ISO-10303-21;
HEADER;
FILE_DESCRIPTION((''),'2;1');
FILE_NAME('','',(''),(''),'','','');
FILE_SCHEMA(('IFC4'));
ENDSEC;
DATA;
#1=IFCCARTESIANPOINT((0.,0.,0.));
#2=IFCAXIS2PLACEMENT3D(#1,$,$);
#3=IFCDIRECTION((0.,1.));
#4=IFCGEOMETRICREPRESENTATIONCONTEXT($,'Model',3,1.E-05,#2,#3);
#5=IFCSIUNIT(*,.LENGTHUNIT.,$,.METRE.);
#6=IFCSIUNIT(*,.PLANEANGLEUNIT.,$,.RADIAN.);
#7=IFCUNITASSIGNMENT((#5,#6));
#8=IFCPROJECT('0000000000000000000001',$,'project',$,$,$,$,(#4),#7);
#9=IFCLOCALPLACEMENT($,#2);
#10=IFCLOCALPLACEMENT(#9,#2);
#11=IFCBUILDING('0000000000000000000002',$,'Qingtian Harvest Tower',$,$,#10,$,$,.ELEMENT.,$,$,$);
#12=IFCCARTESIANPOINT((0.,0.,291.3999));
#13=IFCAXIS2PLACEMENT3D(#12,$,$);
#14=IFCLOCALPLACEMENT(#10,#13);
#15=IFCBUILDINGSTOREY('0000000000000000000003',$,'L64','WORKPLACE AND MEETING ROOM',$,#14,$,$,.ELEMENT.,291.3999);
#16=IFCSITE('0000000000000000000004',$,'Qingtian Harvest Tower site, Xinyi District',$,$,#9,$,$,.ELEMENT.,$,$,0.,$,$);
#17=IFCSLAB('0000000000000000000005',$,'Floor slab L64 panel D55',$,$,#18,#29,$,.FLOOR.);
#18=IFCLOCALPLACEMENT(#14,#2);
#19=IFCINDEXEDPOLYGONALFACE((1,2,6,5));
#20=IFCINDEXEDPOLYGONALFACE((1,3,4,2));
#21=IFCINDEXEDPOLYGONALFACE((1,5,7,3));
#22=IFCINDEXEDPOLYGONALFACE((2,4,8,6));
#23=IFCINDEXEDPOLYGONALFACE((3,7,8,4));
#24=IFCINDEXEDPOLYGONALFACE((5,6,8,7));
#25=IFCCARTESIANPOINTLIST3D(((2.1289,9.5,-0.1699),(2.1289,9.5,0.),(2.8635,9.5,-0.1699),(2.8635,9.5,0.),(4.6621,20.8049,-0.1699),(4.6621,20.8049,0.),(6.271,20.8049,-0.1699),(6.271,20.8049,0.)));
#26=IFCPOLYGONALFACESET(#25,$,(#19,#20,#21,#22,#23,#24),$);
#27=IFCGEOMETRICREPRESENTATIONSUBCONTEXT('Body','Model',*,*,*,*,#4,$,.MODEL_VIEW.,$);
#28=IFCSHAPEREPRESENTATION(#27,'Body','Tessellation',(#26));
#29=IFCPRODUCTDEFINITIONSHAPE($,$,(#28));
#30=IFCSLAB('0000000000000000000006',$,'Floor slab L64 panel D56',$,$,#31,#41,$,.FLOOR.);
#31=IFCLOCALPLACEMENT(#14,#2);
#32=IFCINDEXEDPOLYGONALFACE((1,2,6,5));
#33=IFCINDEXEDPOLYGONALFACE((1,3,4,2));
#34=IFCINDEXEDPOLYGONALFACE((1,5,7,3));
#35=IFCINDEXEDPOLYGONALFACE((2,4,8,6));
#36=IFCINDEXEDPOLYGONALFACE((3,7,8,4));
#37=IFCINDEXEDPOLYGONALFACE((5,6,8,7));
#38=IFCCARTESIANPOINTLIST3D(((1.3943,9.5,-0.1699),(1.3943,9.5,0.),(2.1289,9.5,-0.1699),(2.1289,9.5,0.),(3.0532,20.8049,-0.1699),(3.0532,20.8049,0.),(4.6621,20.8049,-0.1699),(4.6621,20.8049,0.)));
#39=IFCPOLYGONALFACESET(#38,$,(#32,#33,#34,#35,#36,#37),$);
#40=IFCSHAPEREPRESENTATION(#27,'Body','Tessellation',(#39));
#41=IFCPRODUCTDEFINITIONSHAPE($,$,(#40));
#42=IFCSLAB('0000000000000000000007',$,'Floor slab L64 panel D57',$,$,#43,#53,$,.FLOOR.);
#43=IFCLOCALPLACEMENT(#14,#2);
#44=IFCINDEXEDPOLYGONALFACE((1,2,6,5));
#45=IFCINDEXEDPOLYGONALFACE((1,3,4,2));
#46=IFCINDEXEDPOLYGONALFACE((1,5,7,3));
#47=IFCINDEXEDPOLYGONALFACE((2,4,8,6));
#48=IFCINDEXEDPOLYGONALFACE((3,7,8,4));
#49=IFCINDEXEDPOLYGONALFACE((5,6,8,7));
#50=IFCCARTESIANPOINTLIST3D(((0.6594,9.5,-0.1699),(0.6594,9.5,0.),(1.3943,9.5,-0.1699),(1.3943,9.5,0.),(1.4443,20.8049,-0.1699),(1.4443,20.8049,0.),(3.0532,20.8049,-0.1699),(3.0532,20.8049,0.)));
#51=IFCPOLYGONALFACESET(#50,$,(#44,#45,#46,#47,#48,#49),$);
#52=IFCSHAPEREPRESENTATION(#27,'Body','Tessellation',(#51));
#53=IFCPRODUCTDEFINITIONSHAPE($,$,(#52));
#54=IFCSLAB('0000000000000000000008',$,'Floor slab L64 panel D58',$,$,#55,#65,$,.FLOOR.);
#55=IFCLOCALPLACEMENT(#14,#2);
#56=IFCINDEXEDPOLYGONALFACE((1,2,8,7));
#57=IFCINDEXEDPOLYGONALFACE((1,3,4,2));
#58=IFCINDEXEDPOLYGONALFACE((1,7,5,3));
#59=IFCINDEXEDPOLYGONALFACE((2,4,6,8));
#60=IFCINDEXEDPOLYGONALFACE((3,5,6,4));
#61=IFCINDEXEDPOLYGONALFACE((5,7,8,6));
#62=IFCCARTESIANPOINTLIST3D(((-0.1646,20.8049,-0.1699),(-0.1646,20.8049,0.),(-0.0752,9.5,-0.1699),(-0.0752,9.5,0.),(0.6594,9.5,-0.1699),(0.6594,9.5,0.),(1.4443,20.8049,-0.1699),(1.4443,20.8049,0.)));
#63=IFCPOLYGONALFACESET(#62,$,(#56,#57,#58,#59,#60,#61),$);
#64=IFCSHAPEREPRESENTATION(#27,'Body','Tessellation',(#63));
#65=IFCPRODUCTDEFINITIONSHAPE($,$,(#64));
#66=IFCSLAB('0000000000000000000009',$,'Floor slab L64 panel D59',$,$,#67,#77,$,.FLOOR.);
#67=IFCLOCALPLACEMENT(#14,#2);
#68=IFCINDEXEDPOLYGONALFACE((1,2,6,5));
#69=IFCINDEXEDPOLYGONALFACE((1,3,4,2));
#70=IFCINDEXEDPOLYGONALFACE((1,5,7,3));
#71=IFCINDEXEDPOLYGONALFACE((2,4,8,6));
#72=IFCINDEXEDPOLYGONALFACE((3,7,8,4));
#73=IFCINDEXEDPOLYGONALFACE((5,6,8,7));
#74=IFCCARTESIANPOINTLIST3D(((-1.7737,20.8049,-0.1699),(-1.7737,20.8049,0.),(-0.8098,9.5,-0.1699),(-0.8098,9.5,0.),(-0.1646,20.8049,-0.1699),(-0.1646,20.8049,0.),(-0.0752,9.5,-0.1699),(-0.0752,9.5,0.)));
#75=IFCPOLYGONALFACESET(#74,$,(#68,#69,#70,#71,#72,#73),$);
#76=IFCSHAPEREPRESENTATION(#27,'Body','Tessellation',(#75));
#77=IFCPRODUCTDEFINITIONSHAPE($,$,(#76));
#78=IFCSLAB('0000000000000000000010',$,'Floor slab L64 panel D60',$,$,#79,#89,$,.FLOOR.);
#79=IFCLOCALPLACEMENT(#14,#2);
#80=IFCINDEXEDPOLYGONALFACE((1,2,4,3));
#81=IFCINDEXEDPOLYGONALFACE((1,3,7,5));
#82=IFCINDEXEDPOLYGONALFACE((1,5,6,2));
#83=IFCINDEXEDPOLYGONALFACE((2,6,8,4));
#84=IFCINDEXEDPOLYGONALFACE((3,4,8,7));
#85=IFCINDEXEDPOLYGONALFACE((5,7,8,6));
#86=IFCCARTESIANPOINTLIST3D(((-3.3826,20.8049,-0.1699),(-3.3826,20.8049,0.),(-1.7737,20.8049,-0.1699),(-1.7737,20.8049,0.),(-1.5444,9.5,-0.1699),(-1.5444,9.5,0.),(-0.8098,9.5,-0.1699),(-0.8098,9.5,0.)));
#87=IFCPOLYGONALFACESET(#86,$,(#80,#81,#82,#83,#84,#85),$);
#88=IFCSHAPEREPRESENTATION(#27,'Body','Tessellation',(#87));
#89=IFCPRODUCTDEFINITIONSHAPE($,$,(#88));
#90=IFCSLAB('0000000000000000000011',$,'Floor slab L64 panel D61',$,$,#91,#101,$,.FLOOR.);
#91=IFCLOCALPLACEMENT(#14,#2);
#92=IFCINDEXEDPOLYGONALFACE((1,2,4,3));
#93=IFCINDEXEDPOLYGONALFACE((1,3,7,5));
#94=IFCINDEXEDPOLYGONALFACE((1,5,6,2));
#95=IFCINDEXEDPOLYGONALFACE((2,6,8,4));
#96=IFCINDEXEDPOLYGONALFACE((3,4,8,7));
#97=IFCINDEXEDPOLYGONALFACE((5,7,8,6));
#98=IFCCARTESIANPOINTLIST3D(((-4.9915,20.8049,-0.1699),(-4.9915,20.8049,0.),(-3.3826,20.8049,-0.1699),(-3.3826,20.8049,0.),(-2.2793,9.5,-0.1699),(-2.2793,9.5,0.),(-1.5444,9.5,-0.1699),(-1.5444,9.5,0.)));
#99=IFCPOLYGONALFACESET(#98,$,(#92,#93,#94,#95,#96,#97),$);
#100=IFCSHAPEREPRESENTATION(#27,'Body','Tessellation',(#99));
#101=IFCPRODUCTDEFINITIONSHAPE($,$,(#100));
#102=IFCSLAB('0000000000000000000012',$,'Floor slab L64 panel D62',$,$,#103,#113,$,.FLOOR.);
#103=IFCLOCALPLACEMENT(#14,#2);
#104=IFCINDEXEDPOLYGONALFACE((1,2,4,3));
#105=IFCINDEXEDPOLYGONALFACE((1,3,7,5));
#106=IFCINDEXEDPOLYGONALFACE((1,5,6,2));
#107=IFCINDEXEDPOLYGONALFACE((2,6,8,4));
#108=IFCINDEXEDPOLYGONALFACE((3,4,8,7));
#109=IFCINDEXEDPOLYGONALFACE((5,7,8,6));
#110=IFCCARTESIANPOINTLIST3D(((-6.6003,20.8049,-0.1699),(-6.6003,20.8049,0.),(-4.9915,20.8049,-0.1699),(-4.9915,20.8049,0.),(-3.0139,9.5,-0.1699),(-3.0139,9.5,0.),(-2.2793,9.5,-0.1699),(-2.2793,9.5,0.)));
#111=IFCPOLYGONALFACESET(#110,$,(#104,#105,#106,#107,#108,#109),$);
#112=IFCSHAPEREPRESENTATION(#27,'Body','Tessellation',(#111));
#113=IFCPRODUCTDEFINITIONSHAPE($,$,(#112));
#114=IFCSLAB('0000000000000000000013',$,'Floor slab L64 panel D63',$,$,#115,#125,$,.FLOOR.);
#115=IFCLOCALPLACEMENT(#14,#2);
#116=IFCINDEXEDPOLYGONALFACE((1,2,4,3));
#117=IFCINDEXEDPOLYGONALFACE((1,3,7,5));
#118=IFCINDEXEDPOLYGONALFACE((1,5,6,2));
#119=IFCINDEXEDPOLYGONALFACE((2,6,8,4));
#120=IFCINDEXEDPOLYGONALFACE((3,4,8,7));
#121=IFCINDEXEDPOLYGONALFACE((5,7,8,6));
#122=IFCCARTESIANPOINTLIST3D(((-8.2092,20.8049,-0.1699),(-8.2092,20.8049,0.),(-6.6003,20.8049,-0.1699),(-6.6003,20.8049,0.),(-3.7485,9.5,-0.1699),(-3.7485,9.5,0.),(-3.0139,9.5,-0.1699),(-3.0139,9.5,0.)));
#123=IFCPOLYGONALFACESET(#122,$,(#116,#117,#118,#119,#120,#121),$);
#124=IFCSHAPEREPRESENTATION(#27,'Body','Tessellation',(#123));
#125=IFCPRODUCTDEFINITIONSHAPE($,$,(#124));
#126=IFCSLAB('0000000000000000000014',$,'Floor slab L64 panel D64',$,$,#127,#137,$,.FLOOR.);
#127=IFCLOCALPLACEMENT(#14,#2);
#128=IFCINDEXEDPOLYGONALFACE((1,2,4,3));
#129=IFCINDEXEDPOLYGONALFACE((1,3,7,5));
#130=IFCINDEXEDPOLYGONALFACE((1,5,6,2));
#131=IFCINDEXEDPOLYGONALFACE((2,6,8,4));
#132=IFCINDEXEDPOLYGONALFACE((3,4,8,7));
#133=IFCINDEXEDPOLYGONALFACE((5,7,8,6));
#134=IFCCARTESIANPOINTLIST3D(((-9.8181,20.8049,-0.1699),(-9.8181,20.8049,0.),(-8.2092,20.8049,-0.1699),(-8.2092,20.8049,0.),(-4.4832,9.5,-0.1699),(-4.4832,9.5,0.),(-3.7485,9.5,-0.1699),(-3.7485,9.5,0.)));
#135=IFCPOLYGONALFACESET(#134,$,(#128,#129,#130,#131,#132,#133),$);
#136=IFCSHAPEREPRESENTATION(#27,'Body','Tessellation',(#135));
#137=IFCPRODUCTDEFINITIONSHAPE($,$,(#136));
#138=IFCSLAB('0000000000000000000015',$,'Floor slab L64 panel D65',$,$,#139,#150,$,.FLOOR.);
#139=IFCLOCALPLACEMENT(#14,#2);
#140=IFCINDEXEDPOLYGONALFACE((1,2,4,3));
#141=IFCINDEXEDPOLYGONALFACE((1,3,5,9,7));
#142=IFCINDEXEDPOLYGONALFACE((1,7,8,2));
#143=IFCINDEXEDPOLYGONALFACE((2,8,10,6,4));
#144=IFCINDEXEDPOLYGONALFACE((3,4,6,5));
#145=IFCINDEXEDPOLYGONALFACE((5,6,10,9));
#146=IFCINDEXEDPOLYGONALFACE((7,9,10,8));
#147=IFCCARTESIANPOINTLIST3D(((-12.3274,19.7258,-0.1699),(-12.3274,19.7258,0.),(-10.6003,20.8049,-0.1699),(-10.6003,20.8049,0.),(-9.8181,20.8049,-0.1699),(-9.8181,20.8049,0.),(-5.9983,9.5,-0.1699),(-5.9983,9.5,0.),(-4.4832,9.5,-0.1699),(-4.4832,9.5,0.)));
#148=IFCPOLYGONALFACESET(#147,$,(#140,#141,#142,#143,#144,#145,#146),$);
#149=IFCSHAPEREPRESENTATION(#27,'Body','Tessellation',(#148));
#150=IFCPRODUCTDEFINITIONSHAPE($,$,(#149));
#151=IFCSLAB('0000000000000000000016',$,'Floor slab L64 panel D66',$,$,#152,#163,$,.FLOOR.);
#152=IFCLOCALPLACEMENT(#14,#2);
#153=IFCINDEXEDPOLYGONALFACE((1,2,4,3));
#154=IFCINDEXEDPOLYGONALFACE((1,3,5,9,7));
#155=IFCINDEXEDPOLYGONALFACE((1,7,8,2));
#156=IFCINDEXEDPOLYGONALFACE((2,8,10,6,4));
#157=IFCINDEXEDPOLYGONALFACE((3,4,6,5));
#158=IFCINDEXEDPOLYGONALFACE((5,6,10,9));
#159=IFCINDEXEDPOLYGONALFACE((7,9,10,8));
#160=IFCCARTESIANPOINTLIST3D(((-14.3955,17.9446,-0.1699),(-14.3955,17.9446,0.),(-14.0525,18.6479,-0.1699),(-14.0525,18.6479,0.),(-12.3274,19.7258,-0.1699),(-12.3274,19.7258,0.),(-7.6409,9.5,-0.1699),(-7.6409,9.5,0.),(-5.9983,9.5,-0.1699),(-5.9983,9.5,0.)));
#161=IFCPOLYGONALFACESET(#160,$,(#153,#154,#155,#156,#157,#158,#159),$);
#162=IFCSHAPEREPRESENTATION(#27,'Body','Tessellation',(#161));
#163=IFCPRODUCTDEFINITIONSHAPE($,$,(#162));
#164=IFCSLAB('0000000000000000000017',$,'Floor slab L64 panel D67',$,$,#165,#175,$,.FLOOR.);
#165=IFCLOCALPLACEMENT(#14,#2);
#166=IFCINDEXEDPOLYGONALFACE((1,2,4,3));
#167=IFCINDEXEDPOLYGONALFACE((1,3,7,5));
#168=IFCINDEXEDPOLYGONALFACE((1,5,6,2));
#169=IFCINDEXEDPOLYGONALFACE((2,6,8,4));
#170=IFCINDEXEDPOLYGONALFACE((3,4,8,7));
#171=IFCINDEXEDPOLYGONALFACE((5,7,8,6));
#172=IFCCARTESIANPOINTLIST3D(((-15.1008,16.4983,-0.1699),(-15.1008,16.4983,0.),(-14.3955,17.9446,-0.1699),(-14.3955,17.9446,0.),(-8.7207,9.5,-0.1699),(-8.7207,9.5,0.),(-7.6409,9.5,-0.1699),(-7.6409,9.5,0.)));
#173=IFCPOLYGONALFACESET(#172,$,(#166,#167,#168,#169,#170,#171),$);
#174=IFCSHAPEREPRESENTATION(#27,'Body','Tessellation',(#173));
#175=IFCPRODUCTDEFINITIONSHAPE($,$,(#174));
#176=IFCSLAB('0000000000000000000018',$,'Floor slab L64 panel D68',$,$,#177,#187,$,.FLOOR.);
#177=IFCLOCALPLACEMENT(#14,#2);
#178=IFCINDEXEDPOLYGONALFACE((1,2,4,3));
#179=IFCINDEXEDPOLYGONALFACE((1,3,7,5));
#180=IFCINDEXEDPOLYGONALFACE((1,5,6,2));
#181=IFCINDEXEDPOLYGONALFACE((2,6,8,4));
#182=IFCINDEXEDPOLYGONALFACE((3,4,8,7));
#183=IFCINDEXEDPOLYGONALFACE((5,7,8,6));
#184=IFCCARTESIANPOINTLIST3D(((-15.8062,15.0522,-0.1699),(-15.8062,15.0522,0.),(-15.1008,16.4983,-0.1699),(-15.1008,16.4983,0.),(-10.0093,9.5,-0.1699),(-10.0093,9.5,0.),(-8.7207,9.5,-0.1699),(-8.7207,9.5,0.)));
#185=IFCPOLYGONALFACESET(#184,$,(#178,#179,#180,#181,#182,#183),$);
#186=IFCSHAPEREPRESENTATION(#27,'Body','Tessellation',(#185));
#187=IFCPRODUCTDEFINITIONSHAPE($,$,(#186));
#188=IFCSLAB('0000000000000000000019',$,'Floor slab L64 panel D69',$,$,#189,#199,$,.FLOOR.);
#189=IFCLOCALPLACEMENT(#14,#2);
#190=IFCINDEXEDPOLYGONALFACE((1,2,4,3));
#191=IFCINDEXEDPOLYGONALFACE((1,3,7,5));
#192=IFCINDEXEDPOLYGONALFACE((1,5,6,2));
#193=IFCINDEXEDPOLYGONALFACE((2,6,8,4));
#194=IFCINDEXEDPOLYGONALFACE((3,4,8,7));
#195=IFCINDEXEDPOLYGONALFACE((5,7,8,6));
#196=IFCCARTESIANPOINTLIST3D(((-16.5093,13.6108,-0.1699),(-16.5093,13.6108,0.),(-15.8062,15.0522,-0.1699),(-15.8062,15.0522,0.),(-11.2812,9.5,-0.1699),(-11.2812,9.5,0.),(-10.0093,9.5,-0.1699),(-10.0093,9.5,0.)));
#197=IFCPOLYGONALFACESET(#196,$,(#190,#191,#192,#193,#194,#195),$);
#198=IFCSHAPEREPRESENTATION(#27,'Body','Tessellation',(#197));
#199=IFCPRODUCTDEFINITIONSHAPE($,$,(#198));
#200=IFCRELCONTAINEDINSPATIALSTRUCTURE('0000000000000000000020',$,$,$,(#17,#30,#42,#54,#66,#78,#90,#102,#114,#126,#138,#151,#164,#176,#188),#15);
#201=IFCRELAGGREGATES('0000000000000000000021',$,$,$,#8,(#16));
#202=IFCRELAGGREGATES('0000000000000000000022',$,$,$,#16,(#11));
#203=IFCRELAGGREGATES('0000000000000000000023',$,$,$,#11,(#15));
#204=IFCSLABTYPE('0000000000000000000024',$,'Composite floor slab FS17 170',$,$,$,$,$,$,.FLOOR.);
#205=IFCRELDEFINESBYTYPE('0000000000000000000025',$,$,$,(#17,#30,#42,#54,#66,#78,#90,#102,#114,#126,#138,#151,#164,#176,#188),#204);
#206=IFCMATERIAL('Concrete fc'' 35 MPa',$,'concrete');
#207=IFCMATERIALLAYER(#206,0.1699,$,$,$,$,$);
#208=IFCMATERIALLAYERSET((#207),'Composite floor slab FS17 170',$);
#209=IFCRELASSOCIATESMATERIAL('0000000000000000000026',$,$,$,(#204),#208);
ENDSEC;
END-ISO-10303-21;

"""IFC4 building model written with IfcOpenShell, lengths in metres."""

from ifc_helpers import new_model, si_unit, direction, frame, origin, place, context, subcontext, project, spatial, polyline, outline, extrude, material, layer, layer_set, type_object, element, save


model = new_model("IFC4")

# Units and contexts
model_context = context("Model", 3, precision=1e-05, world=origin(), true_north=direction((0.0, 1.0)))
body_context = subcontext(model_context, "Body", "Model", "MODEL_VIEW")
ifc_project = project(units=[si_unit("LENGTHUNIT", "METRE"), si_unit("PLANEANGLEUNIT", "RADIAN")], contexts=[model_context])

# Site, building, storey
site_placement = place(None, origin())
site = spatial("IfcSite", under=ifc_project, at=site_placement, Name="Qingtian Harvest Tower site, Xinyi District", CompositionType="ELEMENT", RefElevation=0.0)
building_placement = place(site_placement, origin())
building = spatial("IfcBuilding", under=site, at=building_placement, Name="Qingtian Harvest Tower", CompositionType="ELEMENT")
storey_placement = place(building_placement, frame((0.0, 0.0, 291.3999)))
storey = spatial("IfcBuildingStorey", under=building, at=storey_placement, Name="L64", Description="WORKPLACE AND MEETING ROOM", CompositionType="ELEMENT", Elevation=291.3999)

# Slabs
ifc_material_1 = material(Name="Concrete fc' 35 MPa", Category="concrete")
ifc_layer_1 = layer(ifc_material_1, 0.1699)
ifc_layer_set_1 = layer_set([ifc_layer_1], Name="Composite floor slab FS17 170")
slab_type = type_object("IfcSlabType", Name="Composite floor slab FS17 170", PredefinedType="FLOOR", material=ifc_layer_set_1)
slab_1_placement = place(storey_placement, frame((0.0, 0.0, -0.1699)))
element("IfcSlab", 1, at=slab_1_placement, inside=storey, type_object=slab_type, Name="Floor slab L64 panel D55", PredefinedType="FLOOR", context=body_context, shape_type="SweptSolid", body=[
    extrude(outline(polyline([(2.1289, 9.5), (4.6621, 20.8049), (6.271, 20.8049), (2.8635, 9.5), (2.1289, 9.5)])), origin(), (0.0, 0.0, 1.0), 0.1699),
])
slab_2_placement = place(storey_placement, frame((0.0, 0.0, -0.1699)))
element("IfcSlab", 2, at=slab_2_placement, inside=storey, type_object=slab_type, Name="Floor slab L64 panel D56", PredefinedType="FLOOR", context=body_context, shape_type="SweptSolid", body=[
    extrude(outline(polyline([(1.3943, 9.5), (3.0532, 20.8049), (4.6621, 20.8049), (2.1289, 9.5), (1.3943, 9.5)])), origin(), (0.0, 0.0, 1.0), 0.1699),
])
slab_3_placement = place(storey_placement, frame((0.0, 0.0, -0.1699)))
element("IfcSlab", 3, at=slab_3_placement, inside=storey, type_object=slab_type, Name="Floor slab L64 panel D57", PredefinedType="FLOOR", context=body_context, shape_type="SweptSolid", body=[
    extrude(outline(polyline([(0.6594, 9.5), (1.4443, 20.8049), (3.0532, 20.8049), (1.3943, 9.5), (0.6594, 9.5)])), origin(), (0.0, 0.0, 1.0), 0.1699),
])
slab_4_placement = place(storey_placement, frame((0.0, 0.0, -0.1699)))
element("IfcSlab", 4, at=slab_4_placement, inside=storey, type_object=slab_type, Name="Floor slab L64 panel D58", PredefinedType="FLOOR", context=body_context, shape_type="SweptSolid", body=[
    extrude(outline(polyline([(-0.0752, 9.5), (-0.1646, 20.8049), (1.4443, 20.8049), (0.6594, 9.5), (-0.0752, 9.5)])), origin(), (0.0, 0.0, 1.0), 0.1699),
])
slab_5_placement = place(storey_placement, frame((0.0, 0.0, -0.1699)))
element("IfcSlab", 5, at=slab_5_placement, inside=storey, type_object=slab_type, Name="Floor slab L64 panel D59", PredefinedType="FLOOR", context=body_context, shape_type="SweptSolid", body=[
    extrude(outline(polyline([(-0.8098, 9.5), (-1.7737, 20.8049), (-0.1646, 20.8049), (-0.0752, 9.5), (-0.8098, 9.5)])), origin(), (0.0, 0.0, 1.0), 0.1699),
])
slab_6_placement = place(storey_placement, frame((0.0, 0.0, -0.1699)))
element("IfcSlab", 6, at=slab_6_placement, inside=storey, type_object=slab_type, Name="Floor slab L64 panel D60", PredefinedType="FLOOR", context=body_context, shape_type="SweptSolid", body=[
    extrude(outline(polyline([(-1.5444, 9.5), (-3.3826, 20.8049), (-1.7737, 20.8049), (-0.8098, 9.5), (-1.5444, 9.5)])), origin(), (0.0, 0.0, 1.0), 0.1699),
])
slab_7_placement = place(storey_placement, frame((0.0, 0.0, -0.1699)))
element("IfcSlab", 7, at=slab_7_placement, inside=storey, type_object=slab_type, Name="Floor slab L64 panel D61", PredefinedType="FLOOR", context=body_context, shape_type="SweptSolid", body=[
    extrude(outline(polyline([(-2.2793, 9.5), (-4.9915, 20.8049), (-3.3826, 20.8049), (-1.5444, 9.5), (-2.2793, 9.5)])), origin(), (0.0, 0.0, 1.0), 0.1699),
])
slab_8_placement = place(storey_placement, frame((0.0, 0.0, -0.1699)))
element("IfcSlab", 8, at=slab_8_placement, inside=storey, type_object=slab_type, Name="Floor slab L64 panel D62", PredefinedType="FLOOR", context=body_context, shape_type="SweptSolid", body=[
    extrude(outline(polyline([(-3.0139, 9.5), (-6.6003, 20.8049), (-4.9915, 20.8049), (-2.2793, 9.5), (-3.0139, 9.5)])), origin(), (0.0, 0.0, 1.0), 0.1699),
])
slab_9_placement = place(storey_placement, frame((0.0, 0.0, -0.1699)))
element("IfcSlab", 9, at=slab_9_placement, inside=storey, type_object=slab_type, Name="Floor slab L64 panel D63", PredefinedType="FLOOR", context=body_context, shape_type="SweptSolid", body=[
    extrude(outline(polyline([(-3.7485, 9.5), (-8.2092, 20.8049), (-6.6003, 20.8049), (-3.0139, 9.5), (-3.7485, 9.5)])), origin(), (0.0, 0.0, 1.0), 0.1699),
])
slab_10_placement = place(storey_placement, frame((0.0, 0.0, -0.1699)))
element("IfcSlab", 10, at=slab_10_placement, inside=storey, type_object=slab_type, Name="Floor slab L64 panel D64", PredefinedType="FLOOR", context=body_context, shape_type="SweptSolid", body=[
    extrude(outline(polyline([(-4.4832, 9.5), (-9.8181, 20.8049), (-8.2092, 20.8049), (-3.7485, 9.5), (-4.4832, 9.5)])), origin(), (0.0, 0.0, 1.0), 0.1699),
])
slab_11_placement = place(storey_placement, frame((0.0, 0.0, -0.1699)))
element("IfcSlab", 11, at=slab_11_placement, inside=storey, type_object=slab_type, Name="Floor slab L64 panel D65", PredefinedType="FLOOR", context=body_context, shape_type="SweptSolid", body=[
    extrude(outline(polyline([(-4.4832, 9.5), (-5.9983, 9.5), (-12.3274, 19.7258), (-10.6003, 20.8049), (-9.8181, 20.8049), (-4.4832, 9.5)])), origin(), (0.0, 0.0, 1.0), 0.1699),
])
slab_12_placement = place(storey_placement, frame((0.0, 0.0, -0.1699)))
element("IfcSlab", 12, at=slab_12_placement, inside=storey, type_object=slab_type, Name="Floor slab L64 panel D66", PredefinedType="FLOOR", context=body_context, shape_type="SweptSolid", body=[
    extrude(outline(polyline([(-5.9983, 9.5), (-7.6409, 9.5), (-14.3955, 17.9446), (-14.0525, 18.6479), (-12.3274, 19.7258), (-5.9983, 9.5)])), origin(), (0.0, 0.0, 1.0), 0.1699),
])
slab_13_placement = place(storey_placement, frame((0.0, 0.0, -0.1699)))
element("IfcSlab", 13, at=slab_13_placement, inside=storey, type_object=slab_type, Name="Floor slab L64 panel D67", PredefinedType="FLOOR", context=body_context, shape_type="SweptSolid", body=[
    extrude(outline(polyline([(-8.7207, 9.5), (-15.1008, 16.4983), (-14.3955, 17.9446), (-7.6409, 9.5), (-8.7207, 9.5)])), origin(), (0.0, 0.0, 1.0), 0.1699),
])
slab_14_placement = place(storey_placement, frame((0.0, 0.0, -0.1699)))
element("IfcSlab", 14, at=slab_14_placement, inside=storey, type_object=slab_type, Name="Floor slab L64 panel D68", PredefinedType="FLOOR", context=body_context, shape_type="SweptSolid", body=[
    extrude(outline(polyline([(-10.0093, 9.5), (-15.8062, 15.0522), (-15.1008, 16.4983), (-8.7207, 9.5), (-10.0093, 9.5)])), origin(), (0.0, 0.0, 1.0), 0.1699),
])
slab_15_placement = place(storey_placement, frame((0.0, 0.0, -0.1699)))
element("IfcSlab", 15, at=slab_15_placement, inside=storey, type_object=slab_type, Name="Floor slab L64 panel D69", PredefinedType="FLOOR", context=body_context, shape_type="SweptSolid", body=[
    extrude(outline(polyline([(-11.2812, 9.5), (-16.5093, 13.6108), (-15.8062, 15.0522), (-10.0093, 9.5), (-11.2812, 9.5)])), origin(), (0.0, 0.0, 1.0), 0.1699),
])

save(model, "model.ifc")
